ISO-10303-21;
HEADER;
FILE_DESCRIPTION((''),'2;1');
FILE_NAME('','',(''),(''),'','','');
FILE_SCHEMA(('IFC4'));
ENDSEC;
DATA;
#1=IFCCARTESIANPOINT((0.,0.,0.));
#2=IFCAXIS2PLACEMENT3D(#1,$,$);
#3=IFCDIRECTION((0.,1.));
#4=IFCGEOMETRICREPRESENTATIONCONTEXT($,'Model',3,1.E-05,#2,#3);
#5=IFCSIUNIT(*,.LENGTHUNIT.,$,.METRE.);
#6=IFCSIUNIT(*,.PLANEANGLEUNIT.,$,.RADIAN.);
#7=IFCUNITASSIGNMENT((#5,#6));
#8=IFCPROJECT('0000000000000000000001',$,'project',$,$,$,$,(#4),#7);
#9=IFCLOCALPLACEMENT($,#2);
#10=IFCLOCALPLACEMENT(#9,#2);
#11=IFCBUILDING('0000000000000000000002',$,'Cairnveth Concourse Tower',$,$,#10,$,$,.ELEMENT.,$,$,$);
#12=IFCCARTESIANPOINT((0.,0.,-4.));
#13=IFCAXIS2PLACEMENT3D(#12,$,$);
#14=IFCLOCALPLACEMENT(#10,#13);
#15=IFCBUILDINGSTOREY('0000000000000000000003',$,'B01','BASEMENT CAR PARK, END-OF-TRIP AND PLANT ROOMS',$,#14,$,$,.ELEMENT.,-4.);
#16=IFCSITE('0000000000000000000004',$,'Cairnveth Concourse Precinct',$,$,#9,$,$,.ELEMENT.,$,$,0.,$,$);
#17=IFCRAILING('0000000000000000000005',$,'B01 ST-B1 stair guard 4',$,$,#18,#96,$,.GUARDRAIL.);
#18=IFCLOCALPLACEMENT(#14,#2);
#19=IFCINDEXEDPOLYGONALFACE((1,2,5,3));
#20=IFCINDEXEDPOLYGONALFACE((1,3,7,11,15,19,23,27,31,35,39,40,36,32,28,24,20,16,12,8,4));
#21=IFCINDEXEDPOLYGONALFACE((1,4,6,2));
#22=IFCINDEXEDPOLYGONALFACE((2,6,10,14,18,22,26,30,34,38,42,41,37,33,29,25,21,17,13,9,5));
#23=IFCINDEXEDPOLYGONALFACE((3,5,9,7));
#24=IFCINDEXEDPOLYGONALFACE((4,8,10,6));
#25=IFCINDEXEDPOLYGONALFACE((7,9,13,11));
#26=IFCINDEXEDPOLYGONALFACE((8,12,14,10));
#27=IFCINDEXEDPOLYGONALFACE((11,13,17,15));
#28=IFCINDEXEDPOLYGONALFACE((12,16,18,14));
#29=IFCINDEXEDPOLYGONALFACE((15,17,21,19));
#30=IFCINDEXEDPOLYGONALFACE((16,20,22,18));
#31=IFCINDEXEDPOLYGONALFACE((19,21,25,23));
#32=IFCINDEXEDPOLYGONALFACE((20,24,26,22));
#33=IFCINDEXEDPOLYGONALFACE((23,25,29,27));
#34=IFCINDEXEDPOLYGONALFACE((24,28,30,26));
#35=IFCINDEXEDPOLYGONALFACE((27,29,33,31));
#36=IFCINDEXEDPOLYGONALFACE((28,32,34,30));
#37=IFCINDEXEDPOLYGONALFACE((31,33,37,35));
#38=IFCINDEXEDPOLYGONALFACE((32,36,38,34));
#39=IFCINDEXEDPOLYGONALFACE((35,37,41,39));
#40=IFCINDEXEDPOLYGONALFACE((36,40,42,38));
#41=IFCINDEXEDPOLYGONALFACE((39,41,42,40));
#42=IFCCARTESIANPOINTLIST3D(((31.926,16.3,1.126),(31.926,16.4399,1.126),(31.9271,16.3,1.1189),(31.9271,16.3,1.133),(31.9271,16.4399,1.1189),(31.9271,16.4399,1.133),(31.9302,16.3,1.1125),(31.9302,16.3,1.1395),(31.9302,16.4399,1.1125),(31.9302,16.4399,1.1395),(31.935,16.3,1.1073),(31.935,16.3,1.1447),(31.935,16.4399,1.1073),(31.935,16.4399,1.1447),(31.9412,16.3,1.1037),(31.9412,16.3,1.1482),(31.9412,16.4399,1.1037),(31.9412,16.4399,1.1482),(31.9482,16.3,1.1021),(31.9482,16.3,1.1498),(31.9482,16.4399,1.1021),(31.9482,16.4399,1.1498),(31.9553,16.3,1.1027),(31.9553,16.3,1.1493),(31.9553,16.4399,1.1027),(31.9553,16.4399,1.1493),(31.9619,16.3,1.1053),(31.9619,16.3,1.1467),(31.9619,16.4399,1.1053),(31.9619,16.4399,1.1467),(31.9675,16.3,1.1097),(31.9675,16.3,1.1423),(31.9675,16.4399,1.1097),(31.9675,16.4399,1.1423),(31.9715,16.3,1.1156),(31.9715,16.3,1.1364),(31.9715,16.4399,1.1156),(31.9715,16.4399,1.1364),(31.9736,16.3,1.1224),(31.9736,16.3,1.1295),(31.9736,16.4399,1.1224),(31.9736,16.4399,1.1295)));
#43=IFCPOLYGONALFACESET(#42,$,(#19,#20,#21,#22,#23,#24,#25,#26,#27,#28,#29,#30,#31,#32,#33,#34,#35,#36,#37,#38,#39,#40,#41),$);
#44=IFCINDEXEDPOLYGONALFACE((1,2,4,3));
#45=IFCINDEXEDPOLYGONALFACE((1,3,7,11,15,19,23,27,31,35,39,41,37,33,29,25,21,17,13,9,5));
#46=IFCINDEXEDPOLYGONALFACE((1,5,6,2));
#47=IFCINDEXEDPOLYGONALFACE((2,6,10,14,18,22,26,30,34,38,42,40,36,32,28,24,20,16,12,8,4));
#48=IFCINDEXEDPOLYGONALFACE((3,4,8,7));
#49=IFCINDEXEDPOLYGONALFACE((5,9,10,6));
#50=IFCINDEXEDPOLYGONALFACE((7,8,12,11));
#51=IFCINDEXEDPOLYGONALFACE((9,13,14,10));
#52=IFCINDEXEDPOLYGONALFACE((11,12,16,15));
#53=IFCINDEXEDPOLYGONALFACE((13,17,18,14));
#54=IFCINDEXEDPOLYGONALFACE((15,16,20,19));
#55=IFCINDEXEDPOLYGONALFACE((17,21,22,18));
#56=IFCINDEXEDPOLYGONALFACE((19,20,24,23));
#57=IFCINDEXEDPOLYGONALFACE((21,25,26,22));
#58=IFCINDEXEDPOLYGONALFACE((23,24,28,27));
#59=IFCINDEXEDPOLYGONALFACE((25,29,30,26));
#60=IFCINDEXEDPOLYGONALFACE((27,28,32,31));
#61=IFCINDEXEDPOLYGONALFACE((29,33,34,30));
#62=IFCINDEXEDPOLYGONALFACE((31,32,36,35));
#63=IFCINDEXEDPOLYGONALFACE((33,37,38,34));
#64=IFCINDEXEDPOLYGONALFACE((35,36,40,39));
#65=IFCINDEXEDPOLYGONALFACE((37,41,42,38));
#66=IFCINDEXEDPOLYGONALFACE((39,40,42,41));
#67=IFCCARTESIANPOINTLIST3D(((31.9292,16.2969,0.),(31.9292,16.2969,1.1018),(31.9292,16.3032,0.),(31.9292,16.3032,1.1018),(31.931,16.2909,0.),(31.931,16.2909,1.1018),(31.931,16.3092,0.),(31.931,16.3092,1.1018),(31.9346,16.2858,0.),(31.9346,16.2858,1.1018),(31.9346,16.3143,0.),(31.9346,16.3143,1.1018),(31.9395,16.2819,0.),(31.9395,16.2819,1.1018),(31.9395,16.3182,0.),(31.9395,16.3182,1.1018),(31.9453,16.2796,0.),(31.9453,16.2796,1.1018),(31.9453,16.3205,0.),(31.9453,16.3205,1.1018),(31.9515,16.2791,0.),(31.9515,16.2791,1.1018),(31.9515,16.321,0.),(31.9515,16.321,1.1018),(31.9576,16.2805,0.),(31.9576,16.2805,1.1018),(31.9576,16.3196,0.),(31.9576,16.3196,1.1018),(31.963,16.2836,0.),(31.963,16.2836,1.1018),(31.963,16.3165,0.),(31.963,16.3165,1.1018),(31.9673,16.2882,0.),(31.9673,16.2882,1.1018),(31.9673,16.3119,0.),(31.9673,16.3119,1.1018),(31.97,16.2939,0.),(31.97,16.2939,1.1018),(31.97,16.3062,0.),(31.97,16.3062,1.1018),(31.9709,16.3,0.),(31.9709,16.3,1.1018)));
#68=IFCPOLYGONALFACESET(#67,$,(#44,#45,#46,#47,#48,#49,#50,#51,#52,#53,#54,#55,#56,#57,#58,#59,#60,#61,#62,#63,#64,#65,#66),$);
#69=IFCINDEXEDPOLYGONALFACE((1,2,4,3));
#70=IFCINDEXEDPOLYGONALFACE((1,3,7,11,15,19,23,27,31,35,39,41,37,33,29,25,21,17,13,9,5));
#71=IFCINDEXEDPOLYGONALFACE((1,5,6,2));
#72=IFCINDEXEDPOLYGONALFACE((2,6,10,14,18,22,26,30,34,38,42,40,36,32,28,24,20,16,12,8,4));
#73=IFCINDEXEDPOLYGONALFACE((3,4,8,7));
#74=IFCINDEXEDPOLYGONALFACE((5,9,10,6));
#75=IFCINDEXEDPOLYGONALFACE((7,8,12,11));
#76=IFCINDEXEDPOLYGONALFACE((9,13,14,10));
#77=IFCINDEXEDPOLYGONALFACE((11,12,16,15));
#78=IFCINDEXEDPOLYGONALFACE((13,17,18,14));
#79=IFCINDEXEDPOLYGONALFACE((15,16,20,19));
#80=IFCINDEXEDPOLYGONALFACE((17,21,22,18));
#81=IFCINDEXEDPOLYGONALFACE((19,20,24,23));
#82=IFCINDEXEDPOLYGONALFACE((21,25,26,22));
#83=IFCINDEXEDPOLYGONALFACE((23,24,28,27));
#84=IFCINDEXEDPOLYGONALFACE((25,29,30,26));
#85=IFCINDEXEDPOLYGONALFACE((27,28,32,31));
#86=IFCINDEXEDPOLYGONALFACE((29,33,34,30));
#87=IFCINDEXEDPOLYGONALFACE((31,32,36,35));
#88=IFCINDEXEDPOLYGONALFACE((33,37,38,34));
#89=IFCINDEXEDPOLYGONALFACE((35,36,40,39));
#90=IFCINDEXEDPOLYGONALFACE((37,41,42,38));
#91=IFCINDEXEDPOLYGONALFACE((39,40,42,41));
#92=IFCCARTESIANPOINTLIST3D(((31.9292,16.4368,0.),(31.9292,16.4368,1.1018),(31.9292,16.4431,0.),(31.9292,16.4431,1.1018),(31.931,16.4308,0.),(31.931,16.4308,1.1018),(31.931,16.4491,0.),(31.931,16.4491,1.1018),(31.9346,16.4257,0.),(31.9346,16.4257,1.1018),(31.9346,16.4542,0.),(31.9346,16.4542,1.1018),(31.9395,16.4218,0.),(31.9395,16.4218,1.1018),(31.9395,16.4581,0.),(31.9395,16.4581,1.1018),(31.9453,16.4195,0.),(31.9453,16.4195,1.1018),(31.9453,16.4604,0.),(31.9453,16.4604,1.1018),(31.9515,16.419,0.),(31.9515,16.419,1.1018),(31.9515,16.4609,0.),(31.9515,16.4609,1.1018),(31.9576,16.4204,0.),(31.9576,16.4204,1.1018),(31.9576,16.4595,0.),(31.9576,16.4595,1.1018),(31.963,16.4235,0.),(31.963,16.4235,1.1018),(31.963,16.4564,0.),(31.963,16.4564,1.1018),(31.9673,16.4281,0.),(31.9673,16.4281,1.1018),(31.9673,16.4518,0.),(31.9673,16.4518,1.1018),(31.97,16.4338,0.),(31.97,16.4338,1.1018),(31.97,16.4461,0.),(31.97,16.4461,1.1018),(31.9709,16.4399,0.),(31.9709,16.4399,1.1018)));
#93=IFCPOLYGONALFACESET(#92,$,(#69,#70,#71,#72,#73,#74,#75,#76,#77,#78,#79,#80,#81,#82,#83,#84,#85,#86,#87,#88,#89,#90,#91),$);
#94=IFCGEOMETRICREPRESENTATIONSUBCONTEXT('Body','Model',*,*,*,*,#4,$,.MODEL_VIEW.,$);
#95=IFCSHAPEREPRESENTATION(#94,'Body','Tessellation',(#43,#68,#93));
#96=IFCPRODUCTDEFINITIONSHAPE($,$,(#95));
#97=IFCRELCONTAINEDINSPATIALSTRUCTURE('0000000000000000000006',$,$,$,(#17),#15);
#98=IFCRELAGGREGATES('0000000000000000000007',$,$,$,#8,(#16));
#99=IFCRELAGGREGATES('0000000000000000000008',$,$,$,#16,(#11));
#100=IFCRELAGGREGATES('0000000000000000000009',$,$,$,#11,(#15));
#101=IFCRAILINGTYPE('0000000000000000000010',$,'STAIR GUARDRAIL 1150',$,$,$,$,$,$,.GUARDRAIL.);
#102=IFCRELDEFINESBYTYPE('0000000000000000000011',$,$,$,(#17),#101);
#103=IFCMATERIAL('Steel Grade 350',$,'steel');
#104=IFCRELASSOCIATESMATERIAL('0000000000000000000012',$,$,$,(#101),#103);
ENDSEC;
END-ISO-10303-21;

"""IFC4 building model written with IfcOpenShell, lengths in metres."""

from ifc_helpers import new_model, si_unit, direction, frame, origin, origin_2d, place, context, subcontext, project, spatial, circle, extrude, material, type_object, element, save


model = new_model("IFC4")

# Units and contexts
model_context = context("Model", 3, precision=1e-05, world=origin(), true_north=direction((0.0, 1.0)))
body_context = subcontext(model_context, "Body", "Model", "MODEL_VIEW")
ifc_project = project(units=[si_unit("LENGTHUNIT", "METRE"), si_unit("PLANEANGLEUNIT", "RADIAN")], contexts=[model_context])

# Site, building, storey
site_placement = place(None, origin())
site = spatial("IfcSite", under=ifc_project, at=site_placement, Name="Cairnveth Concourse Precinct", CompositionType="ELEMENT", RefElevation=0.0)
building_placement = place(site_placement, origin())
building = spatial("IfcBuilding", under=site, at=building_placement, Name="Cairnveth Concourse Tower", CompositionType="ELEMENT")
storey_placement = place(building_placement, frame((0.0, 0.0, -4.0)))
storey = spatial("IfcBuildingStorey", under=building, at=storey_placement, Name="B01", Description="BASEMENT CAR PARK, END-OF-TRIP AND PLANT ROOMS", CompositionType="ELEMENT", Elevation=-4.0)

# Shared definitions
ifc_material_1 = material(Name="Steel Grade 350", Category="steel")

# Railing
railing_type_1 = type_object("IfcRailingType", Name="STAIR GUARDRAIL 1150", PredefinedType="GUARDRAIL", material=ifc_material_1)
railing_1_placement = place(storey_placement, frame((31.95, 16.3, 0.0)))
element("IfcRailing", 1, at=railing_1_placement, inside=storey, type_object=railing_type_1, Name="B01 ST-B1 stair guard 4", PredefinedType="GUARDRAIL", context=body_context, shape_type="SweptSolid", body=[
    extrude(circle(Radius=0.0239, at=origin_2d()), frame((0.0, 0.0, 1.126), z_axis=(0.0, 1.0, 0.0), x_axis=(-1.0, 0.0, 0.0)), (0.0, 0.0, 1.0), 0.1399),
    extrude(circle(Radius=0.021, at=origin_2d()), origin(), (0.0, 0.0, 1.0), 1.1018),
    extrude(circle(Radius=0.021, at=origin_2d()), frame((0.0, 0.1399, 0.0)), (0.0, 0.0, 1.0), 1.1018),
])

save(model, "model.ifc")
